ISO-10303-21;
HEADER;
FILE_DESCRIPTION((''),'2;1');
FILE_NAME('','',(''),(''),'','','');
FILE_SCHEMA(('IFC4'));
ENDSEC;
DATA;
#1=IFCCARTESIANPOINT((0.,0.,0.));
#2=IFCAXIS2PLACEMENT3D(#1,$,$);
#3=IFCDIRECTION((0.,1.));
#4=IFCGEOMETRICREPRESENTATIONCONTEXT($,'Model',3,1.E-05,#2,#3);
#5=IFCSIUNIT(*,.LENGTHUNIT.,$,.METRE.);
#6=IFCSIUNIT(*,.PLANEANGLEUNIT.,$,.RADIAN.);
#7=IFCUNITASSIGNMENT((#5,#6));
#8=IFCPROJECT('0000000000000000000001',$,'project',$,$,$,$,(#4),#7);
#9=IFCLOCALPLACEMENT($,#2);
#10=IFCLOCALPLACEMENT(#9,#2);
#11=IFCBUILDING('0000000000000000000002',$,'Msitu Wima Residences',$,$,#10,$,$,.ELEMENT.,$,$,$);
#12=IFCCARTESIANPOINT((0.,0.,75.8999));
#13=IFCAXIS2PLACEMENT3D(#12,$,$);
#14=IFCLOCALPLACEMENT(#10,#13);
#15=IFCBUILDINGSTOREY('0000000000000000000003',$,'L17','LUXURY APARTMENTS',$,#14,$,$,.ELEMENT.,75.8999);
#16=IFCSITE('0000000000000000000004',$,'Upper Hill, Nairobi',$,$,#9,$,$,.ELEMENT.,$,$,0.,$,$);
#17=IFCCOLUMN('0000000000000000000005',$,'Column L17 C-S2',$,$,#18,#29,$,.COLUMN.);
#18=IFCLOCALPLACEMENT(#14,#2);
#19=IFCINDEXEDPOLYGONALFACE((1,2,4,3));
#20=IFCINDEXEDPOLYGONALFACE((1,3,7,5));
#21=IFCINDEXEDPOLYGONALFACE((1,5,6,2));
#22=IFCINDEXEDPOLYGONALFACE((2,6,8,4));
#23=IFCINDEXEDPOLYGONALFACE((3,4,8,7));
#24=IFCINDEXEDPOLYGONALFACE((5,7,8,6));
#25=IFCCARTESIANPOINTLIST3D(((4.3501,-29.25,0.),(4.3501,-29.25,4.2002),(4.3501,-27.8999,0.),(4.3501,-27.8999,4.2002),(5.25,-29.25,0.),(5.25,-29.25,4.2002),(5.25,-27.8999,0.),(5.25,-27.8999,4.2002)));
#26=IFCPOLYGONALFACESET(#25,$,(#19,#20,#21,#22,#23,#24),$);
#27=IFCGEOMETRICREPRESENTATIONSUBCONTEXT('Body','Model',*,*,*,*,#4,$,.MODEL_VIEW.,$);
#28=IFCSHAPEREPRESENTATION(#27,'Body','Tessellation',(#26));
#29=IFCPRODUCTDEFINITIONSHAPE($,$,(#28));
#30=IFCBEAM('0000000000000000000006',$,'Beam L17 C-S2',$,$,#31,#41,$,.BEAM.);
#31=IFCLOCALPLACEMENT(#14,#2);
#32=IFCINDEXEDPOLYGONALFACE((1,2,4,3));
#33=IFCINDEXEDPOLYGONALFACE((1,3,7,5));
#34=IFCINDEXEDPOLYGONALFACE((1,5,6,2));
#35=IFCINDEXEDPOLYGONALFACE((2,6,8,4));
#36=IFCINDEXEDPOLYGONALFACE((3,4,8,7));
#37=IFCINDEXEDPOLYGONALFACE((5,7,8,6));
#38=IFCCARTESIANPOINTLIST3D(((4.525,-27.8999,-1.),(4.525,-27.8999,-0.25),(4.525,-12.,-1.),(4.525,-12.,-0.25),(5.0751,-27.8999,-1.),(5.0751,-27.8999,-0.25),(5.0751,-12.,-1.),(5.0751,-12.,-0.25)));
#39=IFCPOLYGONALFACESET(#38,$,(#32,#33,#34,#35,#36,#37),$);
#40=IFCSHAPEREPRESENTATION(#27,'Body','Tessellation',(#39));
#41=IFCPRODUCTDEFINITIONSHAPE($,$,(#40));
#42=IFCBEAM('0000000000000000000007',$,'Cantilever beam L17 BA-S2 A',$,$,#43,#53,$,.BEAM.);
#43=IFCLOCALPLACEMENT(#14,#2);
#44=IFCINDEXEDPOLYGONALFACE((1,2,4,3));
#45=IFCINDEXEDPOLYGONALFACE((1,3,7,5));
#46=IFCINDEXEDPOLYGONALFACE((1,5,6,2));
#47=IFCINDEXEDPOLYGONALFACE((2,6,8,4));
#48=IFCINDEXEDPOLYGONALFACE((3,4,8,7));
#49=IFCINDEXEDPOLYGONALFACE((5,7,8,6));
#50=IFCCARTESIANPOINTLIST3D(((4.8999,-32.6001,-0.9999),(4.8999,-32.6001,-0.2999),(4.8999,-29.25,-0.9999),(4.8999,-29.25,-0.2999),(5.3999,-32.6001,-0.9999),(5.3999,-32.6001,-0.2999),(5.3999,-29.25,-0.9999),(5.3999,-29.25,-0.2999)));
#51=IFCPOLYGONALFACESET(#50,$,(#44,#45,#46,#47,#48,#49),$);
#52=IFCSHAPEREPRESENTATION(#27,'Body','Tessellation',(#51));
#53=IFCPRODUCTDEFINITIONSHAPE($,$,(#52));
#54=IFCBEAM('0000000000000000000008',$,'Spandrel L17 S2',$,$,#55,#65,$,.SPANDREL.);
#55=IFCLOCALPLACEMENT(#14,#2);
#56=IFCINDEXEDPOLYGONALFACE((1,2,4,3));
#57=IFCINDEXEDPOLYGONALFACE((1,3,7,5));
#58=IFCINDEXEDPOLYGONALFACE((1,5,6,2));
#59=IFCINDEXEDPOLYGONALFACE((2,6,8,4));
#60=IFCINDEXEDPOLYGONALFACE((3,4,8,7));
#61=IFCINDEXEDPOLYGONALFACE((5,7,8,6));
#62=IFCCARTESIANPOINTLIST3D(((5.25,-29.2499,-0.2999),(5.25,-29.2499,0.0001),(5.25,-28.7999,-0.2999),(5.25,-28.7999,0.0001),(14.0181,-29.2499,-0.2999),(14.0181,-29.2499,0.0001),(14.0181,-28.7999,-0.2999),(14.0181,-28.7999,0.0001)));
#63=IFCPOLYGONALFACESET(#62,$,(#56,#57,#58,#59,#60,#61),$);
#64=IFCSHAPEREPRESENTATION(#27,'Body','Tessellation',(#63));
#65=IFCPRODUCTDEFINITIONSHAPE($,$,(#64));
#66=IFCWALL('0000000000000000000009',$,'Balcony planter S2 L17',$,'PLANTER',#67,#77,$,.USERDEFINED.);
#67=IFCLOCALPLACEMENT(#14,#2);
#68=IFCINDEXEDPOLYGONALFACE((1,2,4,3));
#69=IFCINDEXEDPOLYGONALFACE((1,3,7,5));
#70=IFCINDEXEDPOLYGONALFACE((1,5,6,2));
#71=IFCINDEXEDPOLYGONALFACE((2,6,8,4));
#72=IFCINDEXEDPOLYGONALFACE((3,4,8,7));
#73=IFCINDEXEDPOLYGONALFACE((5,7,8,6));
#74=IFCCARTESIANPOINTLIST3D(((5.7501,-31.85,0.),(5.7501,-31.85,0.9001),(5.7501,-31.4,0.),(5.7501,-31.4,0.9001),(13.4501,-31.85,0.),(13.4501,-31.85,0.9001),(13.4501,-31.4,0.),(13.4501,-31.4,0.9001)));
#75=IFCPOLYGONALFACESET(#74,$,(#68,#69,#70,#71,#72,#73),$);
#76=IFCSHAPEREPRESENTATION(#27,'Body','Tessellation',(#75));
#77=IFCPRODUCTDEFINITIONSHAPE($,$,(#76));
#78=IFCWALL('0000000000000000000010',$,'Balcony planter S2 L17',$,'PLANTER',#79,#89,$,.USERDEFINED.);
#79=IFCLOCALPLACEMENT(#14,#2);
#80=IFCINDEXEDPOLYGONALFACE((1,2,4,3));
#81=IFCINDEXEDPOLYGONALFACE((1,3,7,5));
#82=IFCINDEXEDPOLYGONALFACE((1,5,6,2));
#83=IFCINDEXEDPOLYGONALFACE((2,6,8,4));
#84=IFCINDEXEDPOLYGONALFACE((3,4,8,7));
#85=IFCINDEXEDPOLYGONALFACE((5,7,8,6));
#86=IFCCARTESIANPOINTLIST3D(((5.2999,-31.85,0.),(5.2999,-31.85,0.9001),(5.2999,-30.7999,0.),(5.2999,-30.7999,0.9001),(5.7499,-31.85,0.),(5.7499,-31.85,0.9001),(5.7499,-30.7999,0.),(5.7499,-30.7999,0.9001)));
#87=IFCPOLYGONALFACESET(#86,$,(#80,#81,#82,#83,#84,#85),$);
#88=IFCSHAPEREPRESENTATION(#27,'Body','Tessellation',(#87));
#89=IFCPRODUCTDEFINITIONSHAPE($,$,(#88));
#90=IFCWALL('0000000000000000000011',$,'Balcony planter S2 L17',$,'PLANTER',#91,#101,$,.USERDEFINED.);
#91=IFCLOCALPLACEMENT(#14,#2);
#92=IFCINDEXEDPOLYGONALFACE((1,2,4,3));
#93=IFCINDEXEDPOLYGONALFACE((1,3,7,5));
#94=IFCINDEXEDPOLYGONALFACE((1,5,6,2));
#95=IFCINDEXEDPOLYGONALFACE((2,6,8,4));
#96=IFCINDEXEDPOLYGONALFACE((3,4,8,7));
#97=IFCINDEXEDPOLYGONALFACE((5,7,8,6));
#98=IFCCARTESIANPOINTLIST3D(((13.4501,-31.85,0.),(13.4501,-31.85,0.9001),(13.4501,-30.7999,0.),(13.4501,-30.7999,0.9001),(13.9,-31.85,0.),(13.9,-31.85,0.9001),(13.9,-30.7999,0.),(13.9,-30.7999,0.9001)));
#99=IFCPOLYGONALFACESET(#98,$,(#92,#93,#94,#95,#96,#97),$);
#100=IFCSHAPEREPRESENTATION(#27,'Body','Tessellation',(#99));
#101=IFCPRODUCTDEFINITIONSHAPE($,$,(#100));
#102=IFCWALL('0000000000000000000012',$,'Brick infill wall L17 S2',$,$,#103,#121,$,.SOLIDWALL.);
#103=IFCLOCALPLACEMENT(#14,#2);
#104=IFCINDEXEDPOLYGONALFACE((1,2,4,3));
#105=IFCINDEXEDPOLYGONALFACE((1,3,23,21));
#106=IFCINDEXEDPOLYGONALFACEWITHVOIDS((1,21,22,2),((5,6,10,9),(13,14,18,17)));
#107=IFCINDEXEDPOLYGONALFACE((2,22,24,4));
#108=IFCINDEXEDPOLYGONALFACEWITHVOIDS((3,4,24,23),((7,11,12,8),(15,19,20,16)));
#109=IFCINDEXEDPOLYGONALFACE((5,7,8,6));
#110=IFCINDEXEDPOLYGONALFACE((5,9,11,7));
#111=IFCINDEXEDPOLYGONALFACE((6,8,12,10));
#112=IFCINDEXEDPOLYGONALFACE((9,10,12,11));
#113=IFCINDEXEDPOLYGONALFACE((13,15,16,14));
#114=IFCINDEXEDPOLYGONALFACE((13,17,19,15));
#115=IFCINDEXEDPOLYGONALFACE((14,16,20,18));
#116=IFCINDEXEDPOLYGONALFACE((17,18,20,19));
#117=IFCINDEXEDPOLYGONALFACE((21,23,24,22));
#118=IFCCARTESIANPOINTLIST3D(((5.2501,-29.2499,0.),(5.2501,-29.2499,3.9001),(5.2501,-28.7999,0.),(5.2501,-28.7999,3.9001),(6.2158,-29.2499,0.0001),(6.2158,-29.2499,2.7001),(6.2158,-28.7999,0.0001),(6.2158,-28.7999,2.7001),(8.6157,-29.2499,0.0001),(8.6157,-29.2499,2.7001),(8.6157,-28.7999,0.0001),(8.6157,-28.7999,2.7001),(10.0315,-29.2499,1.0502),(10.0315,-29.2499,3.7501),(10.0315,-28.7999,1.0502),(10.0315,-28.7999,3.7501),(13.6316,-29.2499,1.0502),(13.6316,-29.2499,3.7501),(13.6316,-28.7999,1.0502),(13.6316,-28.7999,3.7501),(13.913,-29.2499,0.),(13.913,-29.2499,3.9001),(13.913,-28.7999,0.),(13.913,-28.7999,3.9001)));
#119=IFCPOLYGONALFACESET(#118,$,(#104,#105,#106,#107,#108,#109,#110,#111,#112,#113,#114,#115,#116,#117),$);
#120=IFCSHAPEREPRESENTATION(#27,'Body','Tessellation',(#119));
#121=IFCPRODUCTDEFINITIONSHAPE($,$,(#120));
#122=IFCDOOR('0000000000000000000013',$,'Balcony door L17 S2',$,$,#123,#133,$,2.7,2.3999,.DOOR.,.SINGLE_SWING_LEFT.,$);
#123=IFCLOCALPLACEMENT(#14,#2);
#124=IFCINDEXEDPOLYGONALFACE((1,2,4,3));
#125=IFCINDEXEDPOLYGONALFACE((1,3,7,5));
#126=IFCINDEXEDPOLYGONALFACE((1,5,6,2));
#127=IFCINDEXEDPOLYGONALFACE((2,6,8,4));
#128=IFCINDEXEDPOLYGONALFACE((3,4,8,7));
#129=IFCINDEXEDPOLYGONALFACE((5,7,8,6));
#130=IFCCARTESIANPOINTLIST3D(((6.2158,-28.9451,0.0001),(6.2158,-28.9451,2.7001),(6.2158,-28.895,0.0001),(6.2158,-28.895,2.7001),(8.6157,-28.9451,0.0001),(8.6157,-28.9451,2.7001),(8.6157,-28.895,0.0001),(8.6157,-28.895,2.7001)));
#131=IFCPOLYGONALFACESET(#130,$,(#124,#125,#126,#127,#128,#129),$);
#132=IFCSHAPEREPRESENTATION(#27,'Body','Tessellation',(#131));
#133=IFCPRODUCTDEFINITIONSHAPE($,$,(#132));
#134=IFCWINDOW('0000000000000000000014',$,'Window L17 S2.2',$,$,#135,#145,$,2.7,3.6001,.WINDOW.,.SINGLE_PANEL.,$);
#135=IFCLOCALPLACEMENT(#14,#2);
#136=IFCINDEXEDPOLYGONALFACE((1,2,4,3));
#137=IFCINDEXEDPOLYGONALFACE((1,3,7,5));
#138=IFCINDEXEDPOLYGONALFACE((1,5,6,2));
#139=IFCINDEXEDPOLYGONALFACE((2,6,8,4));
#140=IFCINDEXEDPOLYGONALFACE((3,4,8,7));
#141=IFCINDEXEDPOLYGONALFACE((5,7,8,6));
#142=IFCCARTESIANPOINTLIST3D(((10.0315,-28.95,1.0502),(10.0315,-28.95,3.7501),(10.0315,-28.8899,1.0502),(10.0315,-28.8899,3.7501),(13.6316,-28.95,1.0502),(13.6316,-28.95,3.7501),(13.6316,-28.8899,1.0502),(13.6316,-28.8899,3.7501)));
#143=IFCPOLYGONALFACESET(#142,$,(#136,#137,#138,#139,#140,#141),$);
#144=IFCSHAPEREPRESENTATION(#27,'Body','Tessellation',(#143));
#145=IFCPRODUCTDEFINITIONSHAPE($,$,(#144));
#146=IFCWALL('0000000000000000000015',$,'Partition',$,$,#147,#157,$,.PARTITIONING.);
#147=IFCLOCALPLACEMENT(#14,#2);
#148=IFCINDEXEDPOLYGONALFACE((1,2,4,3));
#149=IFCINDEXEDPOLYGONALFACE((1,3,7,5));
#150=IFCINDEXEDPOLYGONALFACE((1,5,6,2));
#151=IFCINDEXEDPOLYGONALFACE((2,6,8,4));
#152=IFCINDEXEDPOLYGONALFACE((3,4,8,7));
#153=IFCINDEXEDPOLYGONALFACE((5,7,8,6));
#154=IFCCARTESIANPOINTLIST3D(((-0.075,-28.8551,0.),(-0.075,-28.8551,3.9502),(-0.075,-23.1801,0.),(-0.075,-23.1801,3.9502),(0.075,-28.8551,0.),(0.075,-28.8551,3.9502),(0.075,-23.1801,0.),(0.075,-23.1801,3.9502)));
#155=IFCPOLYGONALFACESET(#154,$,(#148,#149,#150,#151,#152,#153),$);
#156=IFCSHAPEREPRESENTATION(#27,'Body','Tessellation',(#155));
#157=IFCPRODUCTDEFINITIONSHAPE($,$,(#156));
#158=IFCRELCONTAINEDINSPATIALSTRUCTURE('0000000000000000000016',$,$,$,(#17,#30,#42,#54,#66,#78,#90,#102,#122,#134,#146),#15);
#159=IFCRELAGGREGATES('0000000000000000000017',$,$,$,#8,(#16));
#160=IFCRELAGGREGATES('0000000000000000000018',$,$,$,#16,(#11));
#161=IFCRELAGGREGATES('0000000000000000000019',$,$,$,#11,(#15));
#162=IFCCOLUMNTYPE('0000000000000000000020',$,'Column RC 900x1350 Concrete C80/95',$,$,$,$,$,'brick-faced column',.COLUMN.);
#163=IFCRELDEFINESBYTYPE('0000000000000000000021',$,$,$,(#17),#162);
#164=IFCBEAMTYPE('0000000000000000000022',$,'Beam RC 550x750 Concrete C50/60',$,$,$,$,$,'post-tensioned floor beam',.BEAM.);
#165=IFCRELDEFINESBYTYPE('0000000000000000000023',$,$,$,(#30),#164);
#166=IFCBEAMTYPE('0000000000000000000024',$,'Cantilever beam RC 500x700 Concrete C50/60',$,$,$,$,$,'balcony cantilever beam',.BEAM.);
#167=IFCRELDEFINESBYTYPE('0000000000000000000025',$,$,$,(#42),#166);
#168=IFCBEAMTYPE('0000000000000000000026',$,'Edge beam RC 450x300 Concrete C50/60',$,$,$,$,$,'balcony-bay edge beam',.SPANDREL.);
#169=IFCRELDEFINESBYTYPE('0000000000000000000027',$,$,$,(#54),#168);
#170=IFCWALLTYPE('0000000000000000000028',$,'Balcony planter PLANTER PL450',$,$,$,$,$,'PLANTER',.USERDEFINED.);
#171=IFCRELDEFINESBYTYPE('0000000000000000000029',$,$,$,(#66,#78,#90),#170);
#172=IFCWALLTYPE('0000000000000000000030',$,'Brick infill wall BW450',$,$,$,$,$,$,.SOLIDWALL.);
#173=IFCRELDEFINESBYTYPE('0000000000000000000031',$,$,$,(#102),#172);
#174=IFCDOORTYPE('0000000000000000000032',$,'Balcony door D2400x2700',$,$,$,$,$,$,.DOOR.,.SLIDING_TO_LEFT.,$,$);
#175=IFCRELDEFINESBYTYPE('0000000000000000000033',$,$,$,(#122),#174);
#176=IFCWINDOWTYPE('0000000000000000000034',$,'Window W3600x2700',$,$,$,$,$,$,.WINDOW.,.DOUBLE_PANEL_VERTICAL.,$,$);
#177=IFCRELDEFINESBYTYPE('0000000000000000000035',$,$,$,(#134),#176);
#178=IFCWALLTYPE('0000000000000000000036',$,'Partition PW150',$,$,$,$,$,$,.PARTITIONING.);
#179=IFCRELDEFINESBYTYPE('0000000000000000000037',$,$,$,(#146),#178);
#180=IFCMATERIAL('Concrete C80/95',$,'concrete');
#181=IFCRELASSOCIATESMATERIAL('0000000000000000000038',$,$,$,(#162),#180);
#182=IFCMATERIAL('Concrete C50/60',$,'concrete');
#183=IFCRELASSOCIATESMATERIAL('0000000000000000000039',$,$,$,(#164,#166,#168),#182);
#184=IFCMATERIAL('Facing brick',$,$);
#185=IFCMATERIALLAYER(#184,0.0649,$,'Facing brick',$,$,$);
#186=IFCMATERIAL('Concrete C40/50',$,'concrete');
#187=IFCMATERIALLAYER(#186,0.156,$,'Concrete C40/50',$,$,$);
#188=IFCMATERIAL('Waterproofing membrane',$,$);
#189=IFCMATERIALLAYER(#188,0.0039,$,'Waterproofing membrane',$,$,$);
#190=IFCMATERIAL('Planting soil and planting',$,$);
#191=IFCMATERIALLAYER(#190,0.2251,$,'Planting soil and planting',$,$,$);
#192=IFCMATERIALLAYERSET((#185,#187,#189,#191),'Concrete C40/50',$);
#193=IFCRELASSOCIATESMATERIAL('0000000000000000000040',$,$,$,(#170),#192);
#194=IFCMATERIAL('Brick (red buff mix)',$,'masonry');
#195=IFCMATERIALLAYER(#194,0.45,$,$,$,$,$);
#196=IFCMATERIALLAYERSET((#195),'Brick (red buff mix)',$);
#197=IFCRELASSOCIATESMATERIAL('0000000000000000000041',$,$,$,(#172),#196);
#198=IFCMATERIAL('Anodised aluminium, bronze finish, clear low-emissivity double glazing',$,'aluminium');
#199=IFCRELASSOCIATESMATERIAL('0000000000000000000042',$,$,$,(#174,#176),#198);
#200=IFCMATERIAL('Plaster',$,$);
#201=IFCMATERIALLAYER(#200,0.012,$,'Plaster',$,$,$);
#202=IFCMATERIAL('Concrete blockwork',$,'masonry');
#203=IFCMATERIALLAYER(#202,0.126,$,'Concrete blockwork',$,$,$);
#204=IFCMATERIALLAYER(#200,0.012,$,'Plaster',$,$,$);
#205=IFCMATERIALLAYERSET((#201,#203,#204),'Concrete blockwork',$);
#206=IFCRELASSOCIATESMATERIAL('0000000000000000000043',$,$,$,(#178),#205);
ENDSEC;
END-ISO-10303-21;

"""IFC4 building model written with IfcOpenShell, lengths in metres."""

from ifc_helpers import new_model, si_unit, direction, frame, frame_2d, origin, origin_2d, place, context, subcontext, project, spatial, rectangle, extrude, material, layer, layer_set, material_profile, profile_set, type_object, element, fill, save


model = new_model("IFC4")

# Units and contexts
model_context = context("Model", 3, precision=1e-05, world=origin(), true_north=direction((0.0, 1.0)))
body_context = subcontext(model_context, "Body", "Model", "MODEL_VIEW")
ifc_project = project(units=[si_unit("LENGTHUNIT", "METRE"), si_unit("PLANEANGLEUNIT", "RADIAN")], contexts=[model_context])

# Site, building, storey
site_placement = place(None, origin())
site = spatial("IfcSite", under=ifc_project, at=site_placement, Name="Upper Hill, Nairobi", CompositionType="ELEMENT", RefElevation=0.0)
building_placement = place(site_placement, origin())
building = spatial("IfcBuilding", under=site, at=building_placement, Name="Msitu Wima Residences", CompositionType="ELEMENT")
storey_placement = place(building_placement, frame((0.0, 0.0, 75.8999)))
storey = spatial("IfcBuildingStorey", under=building, at=storey_placement, Name="L17", Description="LUXURY APARTMENTS", CompositionType="ELEMENT", Elevation=75.8999)

# Column
ifc_material_1 = material(Name="Concrete C80/95", Category="concrete")
ifc_material_profile_1 = material_profile(ifc_material_1, rectangle(XDim=0.8999, YDim=1.3501, at=origin_2d()), Name="RC 900x1350")
ifc_profile_set_1 = profile_set([ifc_material_profile_1], Name="Concrete C80/95")
column_type = type_object("IfcColumnType", Name="Column RC 900x1350 Concrete C80/95", ElementType="brick-faced column", PredefinedType="COLUMN", material=ifc_profile_set_1)
column_placement = place(storey_placement, frame((4.8, -28.575, 0.0), z_axis=(0.0, 0.0, 1.0), x_axis=(1.0, 0.0, 0.0)))
element("IfcColumn", 1, at=column_placement, inside=storey, type_object=column_type, Name="Column L17 C-S2", PredefinedType="COLUMN", context=body_context, shape_type="SweptSolid", body=[
    extrude(rectangle(XDim=0.8999, YDim=1.3501, at=origin_2d()), origin(), (0.0, 0.0, 1.0), 4.2002),
])

# Beams
ifc_material_2 = material(Name="Concrete C50/60", Category="concrete")
ifc_material_profile_2 = material_profile(ifc_material_2, rectangle(XDim=0.55, YDim=0.75, at=origin_2d()), Name="RC 550x750")
ifc_profile_set_2 = profile_set([ifc_material_profile_2], Name="Concrete C50/60")
beam_type_1 = type_object("IfcBeamType", Name="Beam RC 550x750 Concrete C50/60", ElementType="post-tensioned floor beam", PredefinedType="BEAM", material=ifc_profile_set_2)
beam_1_placement = place(storey_placement, frame((4.8, -27.8999, -0.625), z_axis=(0.0, 1.0, 0.0), x_axis=(-1.0, 0.0, 0.0)))
element("IfcBeam", 2, at=beam_1_placement, inside=storey, type_object=beam_type_1, Name="Beam L17 C-S2", PredefinedType="BEAM", context=body_context, shape_type="SweptSolid", body=[
    extrude(rectangle(XDim=0.55, YDim=0.75, at=origin_2d()), origin(), (0.0, 0.0, 1.0), 15.8999),
])
ifc_material_profile_3 = material_profile(ifc_material_2, rectangle(XDim=0.5, YDim=0.7, at=origin_2d()), Name="RC 500x700")
ifc_profile_set_3 = profile_set([ifc_material_profile_3], Name="Concrete C50/60")
beam_type_2 = type_object("IfcBeamType", Name="Cantilever beam RC 500x700 Concrete C50/60", ElementType="balcony cantilever beam", PredefinedType="BEAM", material=ifc_profile_set_3)
beam_2_placement = place(storey_placement, frame((5.1499, -29.25, -0.6499), z_axis=(0.0, -1.0, 0.0), x_axis=(1.0, 0.0, 0.0)))
element("IfcBeam", 3, at=beam_2_placement, inside=storey, type_object=beam_type_2, Name="Cantilever beam L17 BA-S2 A", PredefinedType="BEAM", context=body_context, shape_type="SweptSolid", body=[
    extrude(rectangle(XDim=0.5, YDim=0.7, at=origin_2d()), origin(), (0.0, 0.0, 1.0), 3.3501),
])
ifc_material_profile_4 = material_profile(ifc_material_2, rectangle(XDim=0.45, YDim=0.3, at=origin_2d()), Name="RC 450x300")
ifc_profile_set_4 = profile_set([ifc_material_profile_4], Name="Concrete C50/60")
beam_type_3 = type_object("IfcBeamType", Name="Edge beam RC 450x300 Concrete C50/60", ElementType="balcony-bay edge beam", PredefinedType="SPANDREL", material=ifc_profile_set_4)
beam_3_placement = place(storey_placement, frame((5.25, -29.0249, -0.1499), z_axis=(1.0, 0.0, 0.0), x_axis=(0.0, 1.0, 0.0)))
element("IfcBeam", 4, at=beam_3_placement, inside=storey, type_object=beam_type_3, Name="Spandrel L17 S2", PredefinedType="SPANDREL", context=body_context, shape_type="SweptSolid", body=[
    extrude(rectangle(XDim=0.45, YDim=0.3, at=origin_2d()), origin(), (0.0, 0.0, 1.0), 8.7681),
])

# Walls
ifc_material_3 = material(Name="Facing brick")
ifc_layer_1 = layer(ifc_material_3, 0.0649, Name="Facing brick")
ifc_material_4 = material(Name="Concrete C40/50", Category="concrete")
ifc_layer_2 = layer(ifc_material_4, 0.156, Name="Concrete C40/50")
ifc_material_5 = material(Name="Waterproofing membrane")
ifc_layer_3 = layer(ifc_material_5, 0.0039, Name="Waterproofing membrane")
ifc_material_6 = material(Name="Planting soil and planting")
ifc_layer_4 = layer(ifc_material_6, 0.2251, Name="Planting soil and planting")
ifc_layer_set_1 = layer_set([ifc_layer_1, ifc_layer_2, ifc_layer_3, ifc_layer_4], Name="Concrete C40/50")
wall_type_1 = type_object("IfcWallType", Name="Balcony planter PLANTER PL450", ElementType="PLANTER", PredefinedType="USERDEFINED", material=ifc_layer_set_1)
wall_1_placement = place(storey_placement, frame((5.75, -31.625, 0.0), z_axis=(0.0, 0.0, 1.0), x_axis=(1.0, 0.0, 0.0)))
element("IfcWall", 5, at=wall_1_placement, inside=storey, type_object=wall_type_1, Name="Balcony planter S2 L17", ObjectType="PLANTER", PredefinedType="USERDEFINED", context=body_context, shape_type="SweptSolid", body=[
    extrude(rectangle(XDim=7.7, YDim=0.45, at=frame_2d((3.8501, 0.0))), origin(), (0.0, 0.0, 1.0), 0.9001),
])
for number, where, z_axis, x_axis, name in (
    (6, (5.5249, -30.8, 0.0), (0.0, 0.0, 1.0), (0.0, -1.0, 0.0), "Balcony planter S2 L17"),
    (7, (13.675, -30.8, 0.0), (0.0, 0.0, 1.0), (0.0, -1.0, 0.0), "Balcony planter S2 L17"),
):
    element("IfcWall", number, at=place(storey_placement, frame(where, z_axis=z_axis, x_axis=x_axis)), inside=storey, type_object=wall_type_1, Name=name, ObjectType="PLANTER", PredefinedType="USERDEFINED", context=body_context, shape_type="SweptSolid", body=[
        extrude(rectangle(XDim=1.05, YDim=0.45, at=frame_2d((0.5249, 0.0))), origin(), (0.0, 0.0, 1.0), 0.9001),
    ])

# Wall, openings, door, window
ifc_material_7 = material(Name="Brick (red buff mix)", Category="masonry")
ifc_layer_5 = layer(ifc_material_7, 0.45)
ifc_layer_set_2 = layer_set([ifc_layer_5], Name="Brick (red buff mix)")
wall_type_2 = type_object("IfcWallType", Name="Brick infill wall BW450", PredefinedType="SOLIDWALL", material=ifc_layer_set_2)
wall_2_placement = place(storey_placement, frame((5.25, -29.0249, 0.0), z_axis=(0.0, 0.0, 1.0), x_axis=(1.0, 0.0, 0.0)))
wall_2 = element("IfcWall", 8, at=wall_2_placement, inside=storey, type_object=wall_type_2, Name="Brick infill wall L17 S2", PredefinedType="SOLIDWALL", context=body_context, shape_type="SweptSolid", body=[
    extrude(rectangle(XDim=8.6628, YDim=0.45, at=frame_2d((4.3315, 0.0))), origin(), (0.0, 0.0, 1.0), 3.9001),
])
opening_1_placement = place(wall_2_placement, frame((0.9658, 0.0, 0.0)))
opening_1 = element("IfcOpeningElement", 9, at=opening_1_placement, cuts=wall_2, PredefinedType="OPENING", context=body_context, shape_type="SweptSolid", body=[
    extrude(rectangle(XDim=2.3999, YDim=2.7, at=frame_2d((1.2, 1.3501))), frame((0.0, 0.2349, 0.0), z_axis=(0.0, -1.0, 0.0), x_axis=(1.0, 0.0, 0.0)), (0.0, 0.0, 1.0), 0.47),
])
opening_2_placement = place(wall_2_placement, frame((4.7815, 0.0, 1.05)))
opening_2 = element("IfcOpeningElement", 10, at=opening_2_placement, cuts=wall_2, PredefinedType="OPENING", context=body_context, shape_type="SweptSolid", body=[
    extrude(rectangle(XDim=3.6001, YDim=2.7, at=frame_2d((1.8, 1.3501))), frame((0.0, 0.2349, 0.0), z_axis=(0.0, -1.0, 0.0), x_axis=(1.0, 0.0, 0.0)), (0.0, 0.0, 1.0), 0.47),
])
ifc_material_8 = material(Name="Anodised aluminium, bronze finish, clear low-emissivity double glazing", Category="aluminium")
door_type_1 = type_object("IfcDoorType", Name="Balcony door D2400x2700", OperationType="SLIDING_TO_LEFT", PredefinedType="DOOR", material=ifc_material_8)
door_1_placement = place(opening_1_placement, origin())
door_1 = element("IfcDoor", 11, at=door_1_placement, inside=storey, type_object=door_type_1, Name="Balcony door L17 S2", OperationType="SINGLE_SWING_LEFT", OverallHeight=2.7, OverallWidth=2.3999, PredefinedType="DOOR", context=body_context, shape_type="SweptSolid", body=[
    extrude(rectangle(XDim=2.3999, YDim=2.7, at=frame_2d((1.2, 1.3501))), frame((0.0, 0.1299, 0.0), z_axis=(0.0, -1.0, 0.0), x_axis=(1.0, 0.0, 0.0)), (0.0, 0.0, 1.0), 0.05),
])
fill(opening_1, door_1)
window_type = type_object("IfcWindowType", Name="Window W3600x2700", PartitioningType="DOUBLE_PANEL_VERTICAL", PredefinedType="WINDOW", material=ifc_material_8)
window_placement = place(opening_2_placement, origin())
window = element("IfcWindow", 12, at=window_placement, inside=storey, type_object=window_type, Name="Window L17 S2.2", OverallHeight=2.7, OverallWidth=3.6001, PartitioningType="SINGLE_PANEL", PredefinedType="WINDOW", context=body_context, shape_type="SweptSolid", body=[
    extrude(rectangle(XDim=3.6001, YDim=2.7, at=frame_2d((1.8, 1.3501))), frame((0.0, 0.135, 0.0), z_axis=(0.0, -1.0, 0.0), x_axis=(1.0, 0.0, 0.0)), (0.0, 0.0, 1.0), 0.0601),
])
fill(opening_2, window)

# Wall
ifc_material_9 = material(Name="Plaster")
ifc_layer_6 = layer(ifc_material_9, 0.012, Name="Plaster")
ifc_material_10 = material(Name="Concrete blockwork", Category="masonry")
ifc_layer_7 = layer(ifc_material_10, 0.126, Name="Concrete blockwork")
ifc_layer_8 = layer(ifc_material_9, 0.012, Name="Plaster")
ifc_layer_set_3 = layer_set([ifc_layer_6, ifc_layer_7, ifc_layer_8], Name="Concrete blockwork")
wall_type_3 = type_object("IfcWallType", Name="Partition PW150", PredefinedType="PARTITIONING", material=ifc_layer_set_3)
wall_3_placement = place(storey_placement, frame((0.0, -28.855, 0.0), z_axis=(0.0, 0.0, 1.0), x_axis=(0.0, 1.0, 0.0)))
element("IfcWall", 13, at=wall_3_placement, inside=storey, type_object=wall_type_3, Name="Partition", PredefinedType="PARTITIONING", context=body_context, shape_type="SweptSolid", body=[
    extrude(rectangle(XDim=5.675, YDim=0.1499, at=frame_2d((2.8374, 0.0))), origin(), (0.0, 0.0, 1.0), 3.9502),
])

save(model, "model.ifc")
